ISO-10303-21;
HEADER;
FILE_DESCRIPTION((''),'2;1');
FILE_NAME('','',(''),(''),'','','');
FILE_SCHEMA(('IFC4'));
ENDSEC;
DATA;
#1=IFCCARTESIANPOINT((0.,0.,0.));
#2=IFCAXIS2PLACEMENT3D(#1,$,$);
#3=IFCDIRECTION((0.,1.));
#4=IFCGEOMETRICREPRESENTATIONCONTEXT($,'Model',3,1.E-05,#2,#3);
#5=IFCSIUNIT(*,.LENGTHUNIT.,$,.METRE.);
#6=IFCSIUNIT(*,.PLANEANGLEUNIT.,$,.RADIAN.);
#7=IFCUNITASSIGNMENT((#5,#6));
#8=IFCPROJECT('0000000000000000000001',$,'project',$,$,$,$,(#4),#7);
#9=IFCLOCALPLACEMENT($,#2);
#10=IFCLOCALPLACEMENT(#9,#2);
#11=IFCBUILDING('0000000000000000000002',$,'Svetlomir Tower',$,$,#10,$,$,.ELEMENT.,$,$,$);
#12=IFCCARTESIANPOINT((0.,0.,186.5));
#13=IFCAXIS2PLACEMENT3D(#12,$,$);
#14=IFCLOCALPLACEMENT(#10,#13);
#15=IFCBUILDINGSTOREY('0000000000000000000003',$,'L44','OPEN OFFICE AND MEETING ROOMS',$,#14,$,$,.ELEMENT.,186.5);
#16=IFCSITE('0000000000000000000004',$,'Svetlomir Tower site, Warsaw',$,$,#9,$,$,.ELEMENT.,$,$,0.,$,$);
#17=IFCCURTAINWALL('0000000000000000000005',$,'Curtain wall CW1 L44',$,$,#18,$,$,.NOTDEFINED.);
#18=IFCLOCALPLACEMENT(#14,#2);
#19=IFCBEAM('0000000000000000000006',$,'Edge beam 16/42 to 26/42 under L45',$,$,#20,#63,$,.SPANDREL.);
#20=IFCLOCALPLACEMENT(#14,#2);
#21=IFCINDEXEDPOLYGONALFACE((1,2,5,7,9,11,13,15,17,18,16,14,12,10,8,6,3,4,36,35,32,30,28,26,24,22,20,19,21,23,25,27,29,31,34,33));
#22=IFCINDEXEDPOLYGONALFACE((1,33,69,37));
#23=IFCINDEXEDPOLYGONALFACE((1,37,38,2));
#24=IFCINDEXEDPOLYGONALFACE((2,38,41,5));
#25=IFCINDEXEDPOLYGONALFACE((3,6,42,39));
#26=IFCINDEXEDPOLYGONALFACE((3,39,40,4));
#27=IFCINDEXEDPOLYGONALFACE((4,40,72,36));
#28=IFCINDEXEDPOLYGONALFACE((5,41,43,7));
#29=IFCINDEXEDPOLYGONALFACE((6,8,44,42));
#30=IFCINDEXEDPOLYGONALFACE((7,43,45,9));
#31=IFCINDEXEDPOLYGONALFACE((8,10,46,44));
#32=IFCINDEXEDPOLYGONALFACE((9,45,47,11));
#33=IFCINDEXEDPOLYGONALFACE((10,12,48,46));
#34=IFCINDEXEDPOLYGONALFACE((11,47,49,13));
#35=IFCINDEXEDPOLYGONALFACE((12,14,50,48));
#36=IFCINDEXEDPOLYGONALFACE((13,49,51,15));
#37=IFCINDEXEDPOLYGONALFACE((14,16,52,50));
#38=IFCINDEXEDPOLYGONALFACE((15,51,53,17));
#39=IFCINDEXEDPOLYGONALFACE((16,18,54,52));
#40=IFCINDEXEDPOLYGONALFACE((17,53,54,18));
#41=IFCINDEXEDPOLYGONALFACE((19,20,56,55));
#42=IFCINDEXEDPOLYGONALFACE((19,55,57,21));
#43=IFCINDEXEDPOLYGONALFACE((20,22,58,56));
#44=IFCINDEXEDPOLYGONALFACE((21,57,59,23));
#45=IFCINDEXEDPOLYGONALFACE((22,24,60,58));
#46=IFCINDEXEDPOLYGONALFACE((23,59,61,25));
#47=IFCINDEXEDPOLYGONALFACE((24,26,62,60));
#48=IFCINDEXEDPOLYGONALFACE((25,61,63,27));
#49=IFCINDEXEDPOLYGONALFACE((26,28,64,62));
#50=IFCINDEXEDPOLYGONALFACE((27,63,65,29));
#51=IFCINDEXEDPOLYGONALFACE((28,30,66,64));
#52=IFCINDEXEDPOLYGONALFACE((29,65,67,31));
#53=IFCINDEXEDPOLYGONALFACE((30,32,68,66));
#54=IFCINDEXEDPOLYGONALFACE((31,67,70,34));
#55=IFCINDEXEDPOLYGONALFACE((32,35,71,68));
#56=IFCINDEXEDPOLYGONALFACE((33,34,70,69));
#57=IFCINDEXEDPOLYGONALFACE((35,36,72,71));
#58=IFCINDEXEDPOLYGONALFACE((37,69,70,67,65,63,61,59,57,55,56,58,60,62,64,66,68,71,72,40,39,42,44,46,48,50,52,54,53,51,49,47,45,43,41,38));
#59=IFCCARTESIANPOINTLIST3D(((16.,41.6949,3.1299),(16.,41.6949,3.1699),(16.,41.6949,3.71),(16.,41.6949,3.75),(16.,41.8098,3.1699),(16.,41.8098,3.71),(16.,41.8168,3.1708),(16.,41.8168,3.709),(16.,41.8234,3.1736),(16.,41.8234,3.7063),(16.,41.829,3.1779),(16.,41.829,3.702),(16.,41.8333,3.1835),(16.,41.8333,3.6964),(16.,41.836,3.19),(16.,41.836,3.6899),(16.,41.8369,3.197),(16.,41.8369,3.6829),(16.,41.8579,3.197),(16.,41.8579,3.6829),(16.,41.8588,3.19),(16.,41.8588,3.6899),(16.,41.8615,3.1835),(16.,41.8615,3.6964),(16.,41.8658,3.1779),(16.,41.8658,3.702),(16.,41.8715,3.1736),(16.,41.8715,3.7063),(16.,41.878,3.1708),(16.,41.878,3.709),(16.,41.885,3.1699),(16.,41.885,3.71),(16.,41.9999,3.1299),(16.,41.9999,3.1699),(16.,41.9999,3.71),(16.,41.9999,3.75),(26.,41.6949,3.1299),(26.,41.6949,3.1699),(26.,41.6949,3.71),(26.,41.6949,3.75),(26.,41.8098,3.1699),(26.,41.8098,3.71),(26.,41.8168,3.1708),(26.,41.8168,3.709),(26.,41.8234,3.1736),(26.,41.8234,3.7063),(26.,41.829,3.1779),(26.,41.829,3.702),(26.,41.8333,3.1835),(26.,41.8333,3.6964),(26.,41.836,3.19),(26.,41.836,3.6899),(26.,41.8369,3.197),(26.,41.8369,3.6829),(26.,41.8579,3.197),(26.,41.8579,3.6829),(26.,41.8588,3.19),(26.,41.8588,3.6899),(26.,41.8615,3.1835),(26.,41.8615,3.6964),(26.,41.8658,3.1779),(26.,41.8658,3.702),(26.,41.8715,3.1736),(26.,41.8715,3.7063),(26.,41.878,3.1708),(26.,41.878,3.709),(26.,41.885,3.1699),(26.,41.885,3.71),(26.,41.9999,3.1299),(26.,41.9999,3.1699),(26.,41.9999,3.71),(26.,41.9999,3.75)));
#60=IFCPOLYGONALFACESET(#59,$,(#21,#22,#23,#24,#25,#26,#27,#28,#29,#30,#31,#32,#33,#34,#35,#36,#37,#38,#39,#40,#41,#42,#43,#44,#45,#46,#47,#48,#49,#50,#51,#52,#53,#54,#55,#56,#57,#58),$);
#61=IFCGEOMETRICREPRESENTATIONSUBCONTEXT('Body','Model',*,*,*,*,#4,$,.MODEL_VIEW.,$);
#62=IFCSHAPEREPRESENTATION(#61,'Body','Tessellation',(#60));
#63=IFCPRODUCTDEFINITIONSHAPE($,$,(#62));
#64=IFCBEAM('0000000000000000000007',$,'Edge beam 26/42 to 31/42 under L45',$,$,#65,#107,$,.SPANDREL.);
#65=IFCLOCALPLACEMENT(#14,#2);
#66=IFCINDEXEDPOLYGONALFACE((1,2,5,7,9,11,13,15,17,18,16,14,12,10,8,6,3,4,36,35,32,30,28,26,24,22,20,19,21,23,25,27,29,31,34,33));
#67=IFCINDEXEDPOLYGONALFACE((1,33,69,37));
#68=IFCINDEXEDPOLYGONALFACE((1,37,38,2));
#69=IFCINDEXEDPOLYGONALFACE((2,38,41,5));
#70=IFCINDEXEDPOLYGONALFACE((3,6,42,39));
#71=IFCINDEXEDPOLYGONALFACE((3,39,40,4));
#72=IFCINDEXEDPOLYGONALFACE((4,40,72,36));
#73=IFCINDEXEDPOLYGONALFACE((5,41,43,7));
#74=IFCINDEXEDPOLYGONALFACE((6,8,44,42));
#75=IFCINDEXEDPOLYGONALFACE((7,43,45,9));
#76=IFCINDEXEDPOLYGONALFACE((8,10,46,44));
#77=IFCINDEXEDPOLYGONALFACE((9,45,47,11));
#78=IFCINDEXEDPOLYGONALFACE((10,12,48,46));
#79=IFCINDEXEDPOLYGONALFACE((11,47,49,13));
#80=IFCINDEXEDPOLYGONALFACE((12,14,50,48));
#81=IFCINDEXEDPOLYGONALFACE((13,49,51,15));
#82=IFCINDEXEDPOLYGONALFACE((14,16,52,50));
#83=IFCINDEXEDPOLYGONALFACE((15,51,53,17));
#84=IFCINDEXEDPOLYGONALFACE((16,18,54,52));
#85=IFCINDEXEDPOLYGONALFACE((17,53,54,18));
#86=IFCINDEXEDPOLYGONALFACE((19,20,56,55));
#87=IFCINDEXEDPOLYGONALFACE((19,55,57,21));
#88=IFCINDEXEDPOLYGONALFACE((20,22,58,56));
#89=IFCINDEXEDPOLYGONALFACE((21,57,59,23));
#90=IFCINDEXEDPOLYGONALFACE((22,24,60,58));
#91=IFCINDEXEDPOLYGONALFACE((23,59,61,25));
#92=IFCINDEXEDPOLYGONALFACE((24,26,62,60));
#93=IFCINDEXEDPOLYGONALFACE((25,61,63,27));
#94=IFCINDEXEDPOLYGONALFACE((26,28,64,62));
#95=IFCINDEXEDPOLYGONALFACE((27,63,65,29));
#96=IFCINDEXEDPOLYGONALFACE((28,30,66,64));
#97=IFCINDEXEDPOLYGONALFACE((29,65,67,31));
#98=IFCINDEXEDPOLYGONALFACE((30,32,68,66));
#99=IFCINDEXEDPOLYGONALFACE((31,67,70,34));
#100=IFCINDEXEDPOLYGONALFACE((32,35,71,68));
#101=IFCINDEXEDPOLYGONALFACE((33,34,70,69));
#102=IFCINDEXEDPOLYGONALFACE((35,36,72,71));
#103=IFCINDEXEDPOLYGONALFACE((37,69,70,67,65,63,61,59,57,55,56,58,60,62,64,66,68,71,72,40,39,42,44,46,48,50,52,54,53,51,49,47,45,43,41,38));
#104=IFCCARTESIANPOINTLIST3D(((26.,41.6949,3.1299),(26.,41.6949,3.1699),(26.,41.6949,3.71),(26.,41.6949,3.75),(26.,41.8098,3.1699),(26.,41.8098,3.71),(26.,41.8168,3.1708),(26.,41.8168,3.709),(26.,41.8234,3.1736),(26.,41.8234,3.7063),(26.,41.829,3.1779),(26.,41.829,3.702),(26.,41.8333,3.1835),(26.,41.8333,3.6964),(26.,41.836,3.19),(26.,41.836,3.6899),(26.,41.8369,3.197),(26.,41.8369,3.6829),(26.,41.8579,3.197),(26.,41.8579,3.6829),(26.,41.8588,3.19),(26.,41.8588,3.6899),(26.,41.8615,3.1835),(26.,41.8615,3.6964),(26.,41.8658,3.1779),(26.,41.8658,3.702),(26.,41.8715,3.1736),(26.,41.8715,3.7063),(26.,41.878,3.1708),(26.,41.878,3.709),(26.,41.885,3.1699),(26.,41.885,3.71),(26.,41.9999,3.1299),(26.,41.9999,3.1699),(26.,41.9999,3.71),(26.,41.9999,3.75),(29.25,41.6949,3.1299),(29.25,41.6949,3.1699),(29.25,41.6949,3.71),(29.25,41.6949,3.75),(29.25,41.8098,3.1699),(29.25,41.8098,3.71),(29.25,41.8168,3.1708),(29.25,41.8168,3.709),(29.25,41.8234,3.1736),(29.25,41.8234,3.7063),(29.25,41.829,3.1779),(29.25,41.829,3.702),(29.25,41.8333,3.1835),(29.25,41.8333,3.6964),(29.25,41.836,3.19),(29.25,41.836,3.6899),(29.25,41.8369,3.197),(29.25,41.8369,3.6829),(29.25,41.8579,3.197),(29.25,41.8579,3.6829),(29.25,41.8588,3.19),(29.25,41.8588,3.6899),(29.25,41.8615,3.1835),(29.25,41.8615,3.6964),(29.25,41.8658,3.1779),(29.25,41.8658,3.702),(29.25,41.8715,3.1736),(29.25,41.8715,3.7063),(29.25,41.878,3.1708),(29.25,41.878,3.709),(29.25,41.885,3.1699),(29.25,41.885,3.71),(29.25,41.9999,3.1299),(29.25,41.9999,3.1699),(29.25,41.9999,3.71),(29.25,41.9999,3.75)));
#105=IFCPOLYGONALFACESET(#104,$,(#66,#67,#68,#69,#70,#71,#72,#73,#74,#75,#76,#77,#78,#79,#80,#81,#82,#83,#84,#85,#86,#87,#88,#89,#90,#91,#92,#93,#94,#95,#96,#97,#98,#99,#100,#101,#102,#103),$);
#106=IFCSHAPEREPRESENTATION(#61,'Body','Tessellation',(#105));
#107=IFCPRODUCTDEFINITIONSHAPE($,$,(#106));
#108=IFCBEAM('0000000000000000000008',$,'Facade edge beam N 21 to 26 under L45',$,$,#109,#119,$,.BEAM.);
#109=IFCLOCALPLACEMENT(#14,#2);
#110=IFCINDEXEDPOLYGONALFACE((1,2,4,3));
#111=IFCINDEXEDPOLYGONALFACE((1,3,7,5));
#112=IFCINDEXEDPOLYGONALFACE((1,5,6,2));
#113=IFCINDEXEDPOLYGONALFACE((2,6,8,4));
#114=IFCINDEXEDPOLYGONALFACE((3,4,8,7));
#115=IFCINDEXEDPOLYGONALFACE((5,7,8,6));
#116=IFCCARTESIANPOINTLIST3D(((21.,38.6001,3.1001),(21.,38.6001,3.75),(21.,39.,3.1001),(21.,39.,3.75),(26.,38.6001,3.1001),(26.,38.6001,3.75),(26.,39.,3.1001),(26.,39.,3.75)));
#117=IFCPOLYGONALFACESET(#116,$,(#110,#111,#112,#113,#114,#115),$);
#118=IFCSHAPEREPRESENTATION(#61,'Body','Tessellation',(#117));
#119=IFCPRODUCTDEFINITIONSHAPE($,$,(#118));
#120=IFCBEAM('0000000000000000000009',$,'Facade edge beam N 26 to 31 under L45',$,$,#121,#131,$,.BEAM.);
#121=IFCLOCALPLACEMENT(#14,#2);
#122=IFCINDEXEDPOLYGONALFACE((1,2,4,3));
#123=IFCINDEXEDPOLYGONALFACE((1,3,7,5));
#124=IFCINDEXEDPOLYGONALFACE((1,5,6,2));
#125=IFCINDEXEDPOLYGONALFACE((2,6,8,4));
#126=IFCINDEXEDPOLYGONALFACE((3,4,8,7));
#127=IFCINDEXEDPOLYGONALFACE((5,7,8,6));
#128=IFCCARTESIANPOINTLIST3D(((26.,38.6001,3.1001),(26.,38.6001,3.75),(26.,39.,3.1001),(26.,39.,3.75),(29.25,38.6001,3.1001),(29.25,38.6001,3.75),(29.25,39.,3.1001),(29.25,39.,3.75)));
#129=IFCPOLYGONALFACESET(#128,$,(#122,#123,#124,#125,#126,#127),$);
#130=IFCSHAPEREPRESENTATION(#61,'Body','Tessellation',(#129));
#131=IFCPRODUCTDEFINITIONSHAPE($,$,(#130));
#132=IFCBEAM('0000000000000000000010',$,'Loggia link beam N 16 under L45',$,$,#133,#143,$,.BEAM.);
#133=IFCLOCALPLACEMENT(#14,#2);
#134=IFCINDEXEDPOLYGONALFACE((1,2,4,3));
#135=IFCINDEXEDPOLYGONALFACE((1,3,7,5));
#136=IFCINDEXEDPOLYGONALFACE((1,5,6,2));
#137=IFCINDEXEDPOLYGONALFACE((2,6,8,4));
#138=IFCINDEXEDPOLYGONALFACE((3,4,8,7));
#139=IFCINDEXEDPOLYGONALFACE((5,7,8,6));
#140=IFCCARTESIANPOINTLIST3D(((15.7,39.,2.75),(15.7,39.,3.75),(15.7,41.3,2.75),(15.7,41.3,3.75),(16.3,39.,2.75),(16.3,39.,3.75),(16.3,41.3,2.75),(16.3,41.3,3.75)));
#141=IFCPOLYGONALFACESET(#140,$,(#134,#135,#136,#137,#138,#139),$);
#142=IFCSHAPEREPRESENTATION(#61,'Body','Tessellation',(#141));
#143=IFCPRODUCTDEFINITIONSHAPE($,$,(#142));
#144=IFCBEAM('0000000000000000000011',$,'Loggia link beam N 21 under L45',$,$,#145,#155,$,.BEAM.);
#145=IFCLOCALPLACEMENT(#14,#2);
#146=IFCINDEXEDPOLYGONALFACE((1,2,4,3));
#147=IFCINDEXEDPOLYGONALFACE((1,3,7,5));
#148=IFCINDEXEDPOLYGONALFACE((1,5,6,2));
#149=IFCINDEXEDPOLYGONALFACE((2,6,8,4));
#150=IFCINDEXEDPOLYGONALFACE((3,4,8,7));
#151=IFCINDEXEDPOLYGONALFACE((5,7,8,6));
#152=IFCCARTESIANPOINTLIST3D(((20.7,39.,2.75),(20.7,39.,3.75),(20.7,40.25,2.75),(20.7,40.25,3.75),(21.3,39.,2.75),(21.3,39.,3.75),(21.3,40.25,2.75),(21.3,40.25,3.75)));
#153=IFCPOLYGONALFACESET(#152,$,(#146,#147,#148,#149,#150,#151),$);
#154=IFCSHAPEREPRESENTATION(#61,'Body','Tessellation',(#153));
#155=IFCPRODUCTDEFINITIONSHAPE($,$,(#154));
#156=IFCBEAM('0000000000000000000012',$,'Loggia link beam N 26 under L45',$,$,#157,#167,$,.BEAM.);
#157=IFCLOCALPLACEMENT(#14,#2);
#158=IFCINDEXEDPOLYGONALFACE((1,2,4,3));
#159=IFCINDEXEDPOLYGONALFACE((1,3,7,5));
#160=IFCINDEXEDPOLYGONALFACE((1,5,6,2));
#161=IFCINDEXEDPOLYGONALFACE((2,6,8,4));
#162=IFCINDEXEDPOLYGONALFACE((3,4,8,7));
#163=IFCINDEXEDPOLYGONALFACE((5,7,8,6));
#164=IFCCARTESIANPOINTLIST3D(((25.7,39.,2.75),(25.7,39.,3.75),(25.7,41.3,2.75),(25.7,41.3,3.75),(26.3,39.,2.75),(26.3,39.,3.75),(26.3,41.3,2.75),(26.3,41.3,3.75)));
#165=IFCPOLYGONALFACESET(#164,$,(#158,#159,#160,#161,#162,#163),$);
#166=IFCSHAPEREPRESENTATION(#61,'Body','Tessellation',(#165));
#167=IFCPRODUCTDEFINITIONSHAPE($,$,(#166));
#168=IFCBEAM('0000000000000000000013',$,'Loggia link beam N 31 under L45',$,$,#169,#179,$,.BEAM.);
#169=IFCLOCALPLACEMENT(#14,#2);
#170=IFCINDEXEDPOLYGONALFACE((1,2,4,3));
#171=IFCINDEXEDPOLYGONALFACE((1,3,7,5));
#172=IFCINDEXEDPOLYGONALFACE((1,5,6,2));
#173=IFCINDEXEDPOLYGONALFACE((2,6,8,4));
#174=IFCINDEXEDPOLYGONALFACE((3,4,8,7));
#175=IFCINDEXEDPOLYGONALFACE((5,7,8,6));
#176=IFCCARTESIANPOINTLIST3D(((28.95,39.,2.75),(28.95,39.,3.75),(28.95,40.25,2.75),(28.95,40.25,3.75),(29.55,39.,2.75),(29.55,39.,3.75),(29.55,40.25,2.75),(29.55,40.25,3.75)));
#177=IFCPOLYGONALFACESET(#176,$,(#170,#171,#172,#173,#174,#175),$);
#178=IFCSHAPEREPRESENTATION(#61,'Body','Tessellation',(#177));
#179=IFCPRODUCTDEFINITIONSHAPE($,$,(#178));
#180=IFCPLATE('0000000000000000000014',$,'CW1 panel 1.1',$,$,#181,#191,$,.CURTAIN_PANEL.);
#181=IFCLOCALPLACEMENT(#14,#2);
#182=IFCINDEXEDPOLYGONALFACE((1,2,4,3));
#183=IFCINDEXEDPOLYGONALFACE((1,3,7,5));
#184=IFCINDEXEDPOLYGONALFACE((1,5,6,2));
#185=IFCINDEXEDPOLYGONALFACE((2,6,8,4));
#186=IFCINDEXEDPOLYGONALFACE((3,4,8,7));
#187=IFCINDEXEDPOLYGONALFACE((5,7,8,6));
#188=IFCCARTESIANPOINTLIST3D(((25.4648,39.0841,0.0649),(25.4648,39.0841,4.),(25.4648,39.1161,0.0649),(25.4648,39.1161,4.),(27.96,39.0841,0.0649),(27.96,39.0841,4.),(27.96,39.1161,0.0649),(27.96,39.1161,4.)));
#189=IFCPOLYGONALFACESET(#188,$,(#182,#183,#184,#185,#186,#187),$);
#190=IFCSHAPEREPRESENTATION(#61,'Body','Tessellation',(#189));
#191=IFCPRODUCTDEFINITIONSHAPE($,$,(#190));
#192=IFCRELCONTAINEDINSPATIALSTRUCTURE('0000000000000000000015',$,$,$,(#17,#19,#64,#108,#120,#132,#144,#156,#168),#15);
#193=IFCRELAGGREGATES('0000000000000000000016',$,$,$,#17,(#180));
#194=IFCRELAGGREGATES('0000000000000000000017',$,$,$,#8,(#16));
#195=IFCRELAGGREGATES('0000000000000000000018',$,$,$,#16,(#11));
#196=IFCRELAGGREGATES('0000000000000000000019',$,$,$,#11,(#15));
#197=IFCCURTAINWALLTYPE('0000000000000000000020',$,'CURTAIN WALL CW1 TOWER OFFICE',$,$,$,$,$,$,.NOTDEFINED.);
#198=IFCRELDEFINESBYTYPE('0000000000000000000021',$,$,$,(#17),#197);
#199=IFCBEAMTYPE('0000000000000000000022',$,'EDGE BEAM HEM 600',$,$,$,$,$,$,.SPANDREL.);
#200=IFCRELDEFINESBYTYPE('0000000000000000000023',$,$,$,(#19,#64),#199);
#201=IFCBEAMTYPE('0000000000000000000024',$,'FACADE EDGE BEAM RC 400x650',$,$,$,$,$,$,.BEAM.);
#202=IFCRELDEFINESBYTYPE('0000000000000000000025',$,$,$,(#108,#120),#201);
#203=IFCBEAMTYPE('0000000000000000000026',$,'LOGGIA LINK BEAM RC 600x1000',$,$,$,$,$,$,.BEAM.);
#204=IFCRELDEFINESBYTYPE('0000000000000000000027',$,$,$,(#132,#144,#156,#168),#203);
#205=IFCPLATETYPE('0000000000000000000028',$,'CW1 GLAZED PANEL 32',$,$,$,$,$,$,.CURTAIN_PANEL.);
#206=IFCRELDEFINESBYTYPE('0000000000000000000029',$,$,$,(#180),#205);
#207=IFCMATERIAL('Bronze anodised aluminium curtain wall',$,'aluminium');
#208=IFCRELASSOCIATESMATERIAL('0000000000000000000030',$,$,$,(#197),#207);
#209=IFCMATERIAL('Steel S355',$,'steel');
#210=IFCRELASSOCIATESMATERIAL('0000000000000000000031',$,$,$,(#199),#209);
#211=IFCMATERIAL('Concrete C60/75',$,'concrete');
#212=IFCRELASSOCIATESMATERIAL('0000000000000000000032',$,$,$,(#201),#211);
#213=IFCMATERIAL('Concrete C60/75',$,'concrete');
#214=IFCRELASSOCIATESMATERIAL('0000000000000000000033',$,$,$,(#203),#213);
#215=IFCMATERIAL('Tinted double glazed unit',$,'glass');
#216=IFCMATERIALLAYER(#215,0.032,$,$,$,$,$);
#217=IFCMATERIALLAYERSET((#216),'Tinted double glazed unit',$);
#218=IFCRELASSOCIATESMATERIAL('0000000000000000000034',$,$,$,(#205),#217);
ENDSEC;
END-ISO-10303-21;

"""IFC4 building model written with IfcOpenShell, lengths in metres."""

from ifc_helpers import new_model, si_unit, direction, frame, origin, origin_2d, place, context, subcontext, project, spatial, rectangle, i_section, extrude, material, layer, layer_set, material_profile, profile_set, type_object, element, aggregate, save


model = new_model("IFC4")

# Units and contexts
model_context = context("Model", 3, precision=1e-05, world=origin(), true_north=direction((0.0, 1.0)))
body_context = subcontext(model_context, "Body", "Model", "MODEL_VIEW")
ifc_project = project(units=[si_unit("LENGTHUNIT", "METRE"), si_unit("PLANEANGLEUNIT", "RADIAN")], contexts=[model_context])

# Site, building, storey
site_placement = place(None, origin())
site = spatial("IfcSite", under=ifc_project, at=site_placement, Name="Svetlomir Tower site, Warsaw", CompositionType="ELEMENT", RefElevation=0.0)
building_placement = place(site_placement, origin())
building = spatial("IfcBuilding", under=site, at=building_placement, Name="Svetlomir Tower", CompositionType="ELEMENT")
storey_placement = place(building_placement, frame((0.0, 0.0, 186.5)))
storey = spatial("IfcBuildingStorey", under=building, at=storey_placement, Name="L44", Description="OPEN OFFICE AND MEETING ROOMS", CompositionType="ELEMENT", Elevation=186.5)

# Curtain wall
ifc_material_1 = material(Name="Bronze anodised aluminium curtain wall", Category="aluminium")
curtain_wall_type = type_object("IfcCurtainWallType", Name="CURTAIN WALL CW1 TOWER OFFICE", PredefinedType="NOTDEFINED", material=ifc_material_1)
curtain_wall_1_placement = place(storey_placement, origin())
curtain_wall_1 = element("IfcCurtainWall", 1, at=curtain_wall_1_placement, inside=storey, type_object=curtain_wall_type, Name="Curtain wall CW1 L44", PredefinedType="NOTDEFINED")

# Beams
ifc_material_2 = material(Name="Steel S355", Category="steel")
ifc_material_profile_1 = material_profile(ifc_material_2, i_section(OverallWidth=0.3049, OverallDepth=0.6201, WebThickness=0.021, FlangeThickness=0.04, FilletRadius=0.0271, at=origin_2d()), Name="HEM 600")
ifc_profile_set_1 = profile_set([ifc_material_profile_1], Name="Steel S355")
beam_type_1 = type_object("IfcBeamType", Name="EDGE BEAM HEM 600", PredefinedType="SPANDREL", material=ifc_profile_set_1)
beam_1_placement = place(storey_placement, frame((16.0, 41.8474, 3.4399), z_axis=(1.0, 0.0, 0.0), x_axis=(0.0, 1.0, 0.0)))
element("IfcBeam", 2, at=beam_1_placement, inside=storey, type_object=beam_type_1, Name="Edge beam 16/42 to 26/42 under L45", PredefinedType="SPANDREL", context=body_context, shape_type="SweptSolid", body=[
    extrude(i_section(OverallWidth=0.3049, OverallDepth=0.6201, WebThickness=0.021, FlangeThickness=0.04, FilletRadius=0.0271, at=origin_2d()), origin(), (0.0, 0.0, 1.0), 10.0),
])
beam_2_placement = place(storey_placement, frame((26.0, 41.8474, 3.4399), z_axis=(1.0, 0.0, 0.0), x_axis=(0.0, 1.0, 0.0)))
element("IfcBeam", 3, at=beam_2_placement, inside=storey, type_object=beam_type_1, Name="Edge beam 26/42 to 31/42 under L45", PredefinedType="SPANDREL", context=body_context, shape_type="SweptSolid", body=[
    extrude(i_section(OverallWidth=0.3049, OverallDepth=0.6201, WebThickness=0.021, FlangeThickness=0.04, FilletRadius=0.0271, at=origin_2d()), origin(), (0.0, 0.0, 1.0), 3.25),
])
ifc_material_3 = material(Name="Concrete C60/75", Category="concrete")
ifc_material_profile_2 = material_profile(ifc_material_3, rectangle(XDim=0.3999, YDim=0.6499, at=origin_2d()), Name="RC 400x650")
ifc_profile_set_2 = profile_set([ifc_material_profile_2], Name="Concrete C60/75")
beam_type_2 = type_object("IfcBeamType", Name="FACADE EDGE BEAM RC 400x650", PredefinedType="BEAM", material=ifc_profile_set_2)
beam_3_placement = place(storey_placement, frame((21.0, 38.8, 3.425), z_axis=(1.0, 0.0, 0.0), x_axis=(0.0, 1.0, 0.0)))
element("IfcBeam", 4, at=beam_3_placement, inside=storey, type_object=beam_type_2, Name="Facade edge beam N 21 to 26 under L45", PredefinedType="BEAM", context=body_context, shape_type="SweptSolid", body=[
    extrude(rectangle(XDim=0.3999, YDim=0.6499, at=origin_2d()), origin(), (0.0, 0.0, 1.0), 5.0),
])
beam_4_placement = place(storey_placement, frame((26.0, 38.8, 3.425), z_axis=(1.0, 0.0, 0.0), x_axis=(0.0, 1.0, 0.0)))
element("IfcBeam", 5, at=beam_4_placement, inside=storey, type_object=beam_type_2, Name="Facade edge beam N 26 to 31 under L45", PredefinedType="BEAM", context=body_context, shape_type="SweptSolid", body=[
    extrude(rectangle(XDim=0.3999, YDim=0.6499, at=origin_2d()), origin(), (0.0, 0.0, 1.0), 3.25),
])
ifc_material_4 = material(Name="Concrete C60/75", Category="concrete")
ifc_material_profile_3 = material_profile(ifc_material_4, rectangle(XDim=0.6001, YDim=1.0, at=origin_2d()), Name="RC 600x1000")
ifc_profile_set_3 = profile_set([ifc_material_profile_3], Name="Concrete C60/75")
beam_type_3 = type_object("IfcBeamType", Name="LOGGIA LINK BEAM RC 600x1000", PredefinedType="BEAM", material=ifc_profile_set_3)
beam_5_placement = place(storey_placement, frame((16.0, 41.3, 3.25), z_axis=(0.0, -1.0, 0.0), x_axis=(1.0, 0.0, 0.0)))
element("IfcBeam", 6, at=beam_5_placement, inside=storey, type_object=beam_type_3, Name="Loggia link beam N 16 under L45", PredefinedType="BEAM", context=body_context, shape_type="SweptSolid", body=[
    extrude(rectangle(XDim=0.6001, YDim=1.0, at=origin_2d()), origin(), (0.0, 0.0, 1.0), 2.3),
])
beam_6_placement = place(storey_placement, frame((21.0, 40.25, 3.25), z_axis=(0.0, -1.0, 0.0), x_axis=(1.0, 0.0, 0.0)))
element("IfcBeam", 7, at=beam_6_placement, inside=storey, type_object=beam_type_3, Name="Loggia link beam N 21 under L45", PredefinedType="BEAM", context=body_context, shape_type="SweptSolid", body=[
    extrude(rectangle(XDim=0.6001, YDim=1.0, at=origin_2d()), origin(), (0.0, 0.0, 1.0), 1.25),
])
beam_7_placement = place(storey_placement, frame((26.0, 41.3, 3.25), z_axis=(0.0, -1.0, 0.0), x_axis=(1.0, 0.0, 0.0)))
element("IfcBeam", 8, at=beam_7_placement, inside=storey, type_object=beam_type_3, Name="Loggia link beam N 26 under L45", PredefinedType="BEAM", context=body_context, shape_type="SweptSolid", body=[
    extrude(rectangle(XDim=0.6001, YDim=1.0, at=origin_2d()), origin(), (0.0, 0.0, 1.0), 2.3),
])
beam_8_placement = place(storey_placement, frame((29.25, 40.25, 3.25), z_axis=(0.0, -1.0, 0.0), x_axis=(1.0, 0.0, 0.0)))
element("IfcBeam", 9, at=beam_8_placement, inside=storey, type_object=beam_type_3, Name="Loggia link beam N 31 under L45", PredefinedType="BEAM", context=body_context, shape_type="SweptSolid", body=[
    extrude(rectangle(XDim=0.6001, YDim=1.0, at=origin_2d()), origin(), (0.0, 0.0, 1.0), 1.25),
])

# Plate
ifc_material_5 = material(Name="Tinted double glazed unit", Category="glass")
ifc_layer_1 = layer(ifc_material_5, 0.032)
ifc_layer_set_1 = layer_set([ifc_layer_1], Name="Tinted double glazed unit")
plate_type = type_object("IfcPlateType", Name="CW1 GLAZED PANEL 32", PredefinedType="CURTAIN_PANEL", material=ifc_layer_set_1)
plate_1_placement = place(storey_placement, frame((26.7124, 39.1001, 0.0649), z_axis=(0.0, 0.0, 1.0), x_axis=(-1.0, 0.0, 0.0)))
plate_1 = element("IfcPlate", 10, at=plate_1_placement, type_object=plate_type, Name="CW1 panel 1.1", PredefinedType="CURTAIN_PANEL", context=body_context, shape_type="SweptSolid", body=[
    extrude(rectangle(XDim=2.4951, YDim=0.032, at=origin_2d()), origin(), (0.0, 0.0, 1.0), 3.9351),
])
aggregate(curtain_wall_1, [plate_1])

save(model, "model.ifc")
